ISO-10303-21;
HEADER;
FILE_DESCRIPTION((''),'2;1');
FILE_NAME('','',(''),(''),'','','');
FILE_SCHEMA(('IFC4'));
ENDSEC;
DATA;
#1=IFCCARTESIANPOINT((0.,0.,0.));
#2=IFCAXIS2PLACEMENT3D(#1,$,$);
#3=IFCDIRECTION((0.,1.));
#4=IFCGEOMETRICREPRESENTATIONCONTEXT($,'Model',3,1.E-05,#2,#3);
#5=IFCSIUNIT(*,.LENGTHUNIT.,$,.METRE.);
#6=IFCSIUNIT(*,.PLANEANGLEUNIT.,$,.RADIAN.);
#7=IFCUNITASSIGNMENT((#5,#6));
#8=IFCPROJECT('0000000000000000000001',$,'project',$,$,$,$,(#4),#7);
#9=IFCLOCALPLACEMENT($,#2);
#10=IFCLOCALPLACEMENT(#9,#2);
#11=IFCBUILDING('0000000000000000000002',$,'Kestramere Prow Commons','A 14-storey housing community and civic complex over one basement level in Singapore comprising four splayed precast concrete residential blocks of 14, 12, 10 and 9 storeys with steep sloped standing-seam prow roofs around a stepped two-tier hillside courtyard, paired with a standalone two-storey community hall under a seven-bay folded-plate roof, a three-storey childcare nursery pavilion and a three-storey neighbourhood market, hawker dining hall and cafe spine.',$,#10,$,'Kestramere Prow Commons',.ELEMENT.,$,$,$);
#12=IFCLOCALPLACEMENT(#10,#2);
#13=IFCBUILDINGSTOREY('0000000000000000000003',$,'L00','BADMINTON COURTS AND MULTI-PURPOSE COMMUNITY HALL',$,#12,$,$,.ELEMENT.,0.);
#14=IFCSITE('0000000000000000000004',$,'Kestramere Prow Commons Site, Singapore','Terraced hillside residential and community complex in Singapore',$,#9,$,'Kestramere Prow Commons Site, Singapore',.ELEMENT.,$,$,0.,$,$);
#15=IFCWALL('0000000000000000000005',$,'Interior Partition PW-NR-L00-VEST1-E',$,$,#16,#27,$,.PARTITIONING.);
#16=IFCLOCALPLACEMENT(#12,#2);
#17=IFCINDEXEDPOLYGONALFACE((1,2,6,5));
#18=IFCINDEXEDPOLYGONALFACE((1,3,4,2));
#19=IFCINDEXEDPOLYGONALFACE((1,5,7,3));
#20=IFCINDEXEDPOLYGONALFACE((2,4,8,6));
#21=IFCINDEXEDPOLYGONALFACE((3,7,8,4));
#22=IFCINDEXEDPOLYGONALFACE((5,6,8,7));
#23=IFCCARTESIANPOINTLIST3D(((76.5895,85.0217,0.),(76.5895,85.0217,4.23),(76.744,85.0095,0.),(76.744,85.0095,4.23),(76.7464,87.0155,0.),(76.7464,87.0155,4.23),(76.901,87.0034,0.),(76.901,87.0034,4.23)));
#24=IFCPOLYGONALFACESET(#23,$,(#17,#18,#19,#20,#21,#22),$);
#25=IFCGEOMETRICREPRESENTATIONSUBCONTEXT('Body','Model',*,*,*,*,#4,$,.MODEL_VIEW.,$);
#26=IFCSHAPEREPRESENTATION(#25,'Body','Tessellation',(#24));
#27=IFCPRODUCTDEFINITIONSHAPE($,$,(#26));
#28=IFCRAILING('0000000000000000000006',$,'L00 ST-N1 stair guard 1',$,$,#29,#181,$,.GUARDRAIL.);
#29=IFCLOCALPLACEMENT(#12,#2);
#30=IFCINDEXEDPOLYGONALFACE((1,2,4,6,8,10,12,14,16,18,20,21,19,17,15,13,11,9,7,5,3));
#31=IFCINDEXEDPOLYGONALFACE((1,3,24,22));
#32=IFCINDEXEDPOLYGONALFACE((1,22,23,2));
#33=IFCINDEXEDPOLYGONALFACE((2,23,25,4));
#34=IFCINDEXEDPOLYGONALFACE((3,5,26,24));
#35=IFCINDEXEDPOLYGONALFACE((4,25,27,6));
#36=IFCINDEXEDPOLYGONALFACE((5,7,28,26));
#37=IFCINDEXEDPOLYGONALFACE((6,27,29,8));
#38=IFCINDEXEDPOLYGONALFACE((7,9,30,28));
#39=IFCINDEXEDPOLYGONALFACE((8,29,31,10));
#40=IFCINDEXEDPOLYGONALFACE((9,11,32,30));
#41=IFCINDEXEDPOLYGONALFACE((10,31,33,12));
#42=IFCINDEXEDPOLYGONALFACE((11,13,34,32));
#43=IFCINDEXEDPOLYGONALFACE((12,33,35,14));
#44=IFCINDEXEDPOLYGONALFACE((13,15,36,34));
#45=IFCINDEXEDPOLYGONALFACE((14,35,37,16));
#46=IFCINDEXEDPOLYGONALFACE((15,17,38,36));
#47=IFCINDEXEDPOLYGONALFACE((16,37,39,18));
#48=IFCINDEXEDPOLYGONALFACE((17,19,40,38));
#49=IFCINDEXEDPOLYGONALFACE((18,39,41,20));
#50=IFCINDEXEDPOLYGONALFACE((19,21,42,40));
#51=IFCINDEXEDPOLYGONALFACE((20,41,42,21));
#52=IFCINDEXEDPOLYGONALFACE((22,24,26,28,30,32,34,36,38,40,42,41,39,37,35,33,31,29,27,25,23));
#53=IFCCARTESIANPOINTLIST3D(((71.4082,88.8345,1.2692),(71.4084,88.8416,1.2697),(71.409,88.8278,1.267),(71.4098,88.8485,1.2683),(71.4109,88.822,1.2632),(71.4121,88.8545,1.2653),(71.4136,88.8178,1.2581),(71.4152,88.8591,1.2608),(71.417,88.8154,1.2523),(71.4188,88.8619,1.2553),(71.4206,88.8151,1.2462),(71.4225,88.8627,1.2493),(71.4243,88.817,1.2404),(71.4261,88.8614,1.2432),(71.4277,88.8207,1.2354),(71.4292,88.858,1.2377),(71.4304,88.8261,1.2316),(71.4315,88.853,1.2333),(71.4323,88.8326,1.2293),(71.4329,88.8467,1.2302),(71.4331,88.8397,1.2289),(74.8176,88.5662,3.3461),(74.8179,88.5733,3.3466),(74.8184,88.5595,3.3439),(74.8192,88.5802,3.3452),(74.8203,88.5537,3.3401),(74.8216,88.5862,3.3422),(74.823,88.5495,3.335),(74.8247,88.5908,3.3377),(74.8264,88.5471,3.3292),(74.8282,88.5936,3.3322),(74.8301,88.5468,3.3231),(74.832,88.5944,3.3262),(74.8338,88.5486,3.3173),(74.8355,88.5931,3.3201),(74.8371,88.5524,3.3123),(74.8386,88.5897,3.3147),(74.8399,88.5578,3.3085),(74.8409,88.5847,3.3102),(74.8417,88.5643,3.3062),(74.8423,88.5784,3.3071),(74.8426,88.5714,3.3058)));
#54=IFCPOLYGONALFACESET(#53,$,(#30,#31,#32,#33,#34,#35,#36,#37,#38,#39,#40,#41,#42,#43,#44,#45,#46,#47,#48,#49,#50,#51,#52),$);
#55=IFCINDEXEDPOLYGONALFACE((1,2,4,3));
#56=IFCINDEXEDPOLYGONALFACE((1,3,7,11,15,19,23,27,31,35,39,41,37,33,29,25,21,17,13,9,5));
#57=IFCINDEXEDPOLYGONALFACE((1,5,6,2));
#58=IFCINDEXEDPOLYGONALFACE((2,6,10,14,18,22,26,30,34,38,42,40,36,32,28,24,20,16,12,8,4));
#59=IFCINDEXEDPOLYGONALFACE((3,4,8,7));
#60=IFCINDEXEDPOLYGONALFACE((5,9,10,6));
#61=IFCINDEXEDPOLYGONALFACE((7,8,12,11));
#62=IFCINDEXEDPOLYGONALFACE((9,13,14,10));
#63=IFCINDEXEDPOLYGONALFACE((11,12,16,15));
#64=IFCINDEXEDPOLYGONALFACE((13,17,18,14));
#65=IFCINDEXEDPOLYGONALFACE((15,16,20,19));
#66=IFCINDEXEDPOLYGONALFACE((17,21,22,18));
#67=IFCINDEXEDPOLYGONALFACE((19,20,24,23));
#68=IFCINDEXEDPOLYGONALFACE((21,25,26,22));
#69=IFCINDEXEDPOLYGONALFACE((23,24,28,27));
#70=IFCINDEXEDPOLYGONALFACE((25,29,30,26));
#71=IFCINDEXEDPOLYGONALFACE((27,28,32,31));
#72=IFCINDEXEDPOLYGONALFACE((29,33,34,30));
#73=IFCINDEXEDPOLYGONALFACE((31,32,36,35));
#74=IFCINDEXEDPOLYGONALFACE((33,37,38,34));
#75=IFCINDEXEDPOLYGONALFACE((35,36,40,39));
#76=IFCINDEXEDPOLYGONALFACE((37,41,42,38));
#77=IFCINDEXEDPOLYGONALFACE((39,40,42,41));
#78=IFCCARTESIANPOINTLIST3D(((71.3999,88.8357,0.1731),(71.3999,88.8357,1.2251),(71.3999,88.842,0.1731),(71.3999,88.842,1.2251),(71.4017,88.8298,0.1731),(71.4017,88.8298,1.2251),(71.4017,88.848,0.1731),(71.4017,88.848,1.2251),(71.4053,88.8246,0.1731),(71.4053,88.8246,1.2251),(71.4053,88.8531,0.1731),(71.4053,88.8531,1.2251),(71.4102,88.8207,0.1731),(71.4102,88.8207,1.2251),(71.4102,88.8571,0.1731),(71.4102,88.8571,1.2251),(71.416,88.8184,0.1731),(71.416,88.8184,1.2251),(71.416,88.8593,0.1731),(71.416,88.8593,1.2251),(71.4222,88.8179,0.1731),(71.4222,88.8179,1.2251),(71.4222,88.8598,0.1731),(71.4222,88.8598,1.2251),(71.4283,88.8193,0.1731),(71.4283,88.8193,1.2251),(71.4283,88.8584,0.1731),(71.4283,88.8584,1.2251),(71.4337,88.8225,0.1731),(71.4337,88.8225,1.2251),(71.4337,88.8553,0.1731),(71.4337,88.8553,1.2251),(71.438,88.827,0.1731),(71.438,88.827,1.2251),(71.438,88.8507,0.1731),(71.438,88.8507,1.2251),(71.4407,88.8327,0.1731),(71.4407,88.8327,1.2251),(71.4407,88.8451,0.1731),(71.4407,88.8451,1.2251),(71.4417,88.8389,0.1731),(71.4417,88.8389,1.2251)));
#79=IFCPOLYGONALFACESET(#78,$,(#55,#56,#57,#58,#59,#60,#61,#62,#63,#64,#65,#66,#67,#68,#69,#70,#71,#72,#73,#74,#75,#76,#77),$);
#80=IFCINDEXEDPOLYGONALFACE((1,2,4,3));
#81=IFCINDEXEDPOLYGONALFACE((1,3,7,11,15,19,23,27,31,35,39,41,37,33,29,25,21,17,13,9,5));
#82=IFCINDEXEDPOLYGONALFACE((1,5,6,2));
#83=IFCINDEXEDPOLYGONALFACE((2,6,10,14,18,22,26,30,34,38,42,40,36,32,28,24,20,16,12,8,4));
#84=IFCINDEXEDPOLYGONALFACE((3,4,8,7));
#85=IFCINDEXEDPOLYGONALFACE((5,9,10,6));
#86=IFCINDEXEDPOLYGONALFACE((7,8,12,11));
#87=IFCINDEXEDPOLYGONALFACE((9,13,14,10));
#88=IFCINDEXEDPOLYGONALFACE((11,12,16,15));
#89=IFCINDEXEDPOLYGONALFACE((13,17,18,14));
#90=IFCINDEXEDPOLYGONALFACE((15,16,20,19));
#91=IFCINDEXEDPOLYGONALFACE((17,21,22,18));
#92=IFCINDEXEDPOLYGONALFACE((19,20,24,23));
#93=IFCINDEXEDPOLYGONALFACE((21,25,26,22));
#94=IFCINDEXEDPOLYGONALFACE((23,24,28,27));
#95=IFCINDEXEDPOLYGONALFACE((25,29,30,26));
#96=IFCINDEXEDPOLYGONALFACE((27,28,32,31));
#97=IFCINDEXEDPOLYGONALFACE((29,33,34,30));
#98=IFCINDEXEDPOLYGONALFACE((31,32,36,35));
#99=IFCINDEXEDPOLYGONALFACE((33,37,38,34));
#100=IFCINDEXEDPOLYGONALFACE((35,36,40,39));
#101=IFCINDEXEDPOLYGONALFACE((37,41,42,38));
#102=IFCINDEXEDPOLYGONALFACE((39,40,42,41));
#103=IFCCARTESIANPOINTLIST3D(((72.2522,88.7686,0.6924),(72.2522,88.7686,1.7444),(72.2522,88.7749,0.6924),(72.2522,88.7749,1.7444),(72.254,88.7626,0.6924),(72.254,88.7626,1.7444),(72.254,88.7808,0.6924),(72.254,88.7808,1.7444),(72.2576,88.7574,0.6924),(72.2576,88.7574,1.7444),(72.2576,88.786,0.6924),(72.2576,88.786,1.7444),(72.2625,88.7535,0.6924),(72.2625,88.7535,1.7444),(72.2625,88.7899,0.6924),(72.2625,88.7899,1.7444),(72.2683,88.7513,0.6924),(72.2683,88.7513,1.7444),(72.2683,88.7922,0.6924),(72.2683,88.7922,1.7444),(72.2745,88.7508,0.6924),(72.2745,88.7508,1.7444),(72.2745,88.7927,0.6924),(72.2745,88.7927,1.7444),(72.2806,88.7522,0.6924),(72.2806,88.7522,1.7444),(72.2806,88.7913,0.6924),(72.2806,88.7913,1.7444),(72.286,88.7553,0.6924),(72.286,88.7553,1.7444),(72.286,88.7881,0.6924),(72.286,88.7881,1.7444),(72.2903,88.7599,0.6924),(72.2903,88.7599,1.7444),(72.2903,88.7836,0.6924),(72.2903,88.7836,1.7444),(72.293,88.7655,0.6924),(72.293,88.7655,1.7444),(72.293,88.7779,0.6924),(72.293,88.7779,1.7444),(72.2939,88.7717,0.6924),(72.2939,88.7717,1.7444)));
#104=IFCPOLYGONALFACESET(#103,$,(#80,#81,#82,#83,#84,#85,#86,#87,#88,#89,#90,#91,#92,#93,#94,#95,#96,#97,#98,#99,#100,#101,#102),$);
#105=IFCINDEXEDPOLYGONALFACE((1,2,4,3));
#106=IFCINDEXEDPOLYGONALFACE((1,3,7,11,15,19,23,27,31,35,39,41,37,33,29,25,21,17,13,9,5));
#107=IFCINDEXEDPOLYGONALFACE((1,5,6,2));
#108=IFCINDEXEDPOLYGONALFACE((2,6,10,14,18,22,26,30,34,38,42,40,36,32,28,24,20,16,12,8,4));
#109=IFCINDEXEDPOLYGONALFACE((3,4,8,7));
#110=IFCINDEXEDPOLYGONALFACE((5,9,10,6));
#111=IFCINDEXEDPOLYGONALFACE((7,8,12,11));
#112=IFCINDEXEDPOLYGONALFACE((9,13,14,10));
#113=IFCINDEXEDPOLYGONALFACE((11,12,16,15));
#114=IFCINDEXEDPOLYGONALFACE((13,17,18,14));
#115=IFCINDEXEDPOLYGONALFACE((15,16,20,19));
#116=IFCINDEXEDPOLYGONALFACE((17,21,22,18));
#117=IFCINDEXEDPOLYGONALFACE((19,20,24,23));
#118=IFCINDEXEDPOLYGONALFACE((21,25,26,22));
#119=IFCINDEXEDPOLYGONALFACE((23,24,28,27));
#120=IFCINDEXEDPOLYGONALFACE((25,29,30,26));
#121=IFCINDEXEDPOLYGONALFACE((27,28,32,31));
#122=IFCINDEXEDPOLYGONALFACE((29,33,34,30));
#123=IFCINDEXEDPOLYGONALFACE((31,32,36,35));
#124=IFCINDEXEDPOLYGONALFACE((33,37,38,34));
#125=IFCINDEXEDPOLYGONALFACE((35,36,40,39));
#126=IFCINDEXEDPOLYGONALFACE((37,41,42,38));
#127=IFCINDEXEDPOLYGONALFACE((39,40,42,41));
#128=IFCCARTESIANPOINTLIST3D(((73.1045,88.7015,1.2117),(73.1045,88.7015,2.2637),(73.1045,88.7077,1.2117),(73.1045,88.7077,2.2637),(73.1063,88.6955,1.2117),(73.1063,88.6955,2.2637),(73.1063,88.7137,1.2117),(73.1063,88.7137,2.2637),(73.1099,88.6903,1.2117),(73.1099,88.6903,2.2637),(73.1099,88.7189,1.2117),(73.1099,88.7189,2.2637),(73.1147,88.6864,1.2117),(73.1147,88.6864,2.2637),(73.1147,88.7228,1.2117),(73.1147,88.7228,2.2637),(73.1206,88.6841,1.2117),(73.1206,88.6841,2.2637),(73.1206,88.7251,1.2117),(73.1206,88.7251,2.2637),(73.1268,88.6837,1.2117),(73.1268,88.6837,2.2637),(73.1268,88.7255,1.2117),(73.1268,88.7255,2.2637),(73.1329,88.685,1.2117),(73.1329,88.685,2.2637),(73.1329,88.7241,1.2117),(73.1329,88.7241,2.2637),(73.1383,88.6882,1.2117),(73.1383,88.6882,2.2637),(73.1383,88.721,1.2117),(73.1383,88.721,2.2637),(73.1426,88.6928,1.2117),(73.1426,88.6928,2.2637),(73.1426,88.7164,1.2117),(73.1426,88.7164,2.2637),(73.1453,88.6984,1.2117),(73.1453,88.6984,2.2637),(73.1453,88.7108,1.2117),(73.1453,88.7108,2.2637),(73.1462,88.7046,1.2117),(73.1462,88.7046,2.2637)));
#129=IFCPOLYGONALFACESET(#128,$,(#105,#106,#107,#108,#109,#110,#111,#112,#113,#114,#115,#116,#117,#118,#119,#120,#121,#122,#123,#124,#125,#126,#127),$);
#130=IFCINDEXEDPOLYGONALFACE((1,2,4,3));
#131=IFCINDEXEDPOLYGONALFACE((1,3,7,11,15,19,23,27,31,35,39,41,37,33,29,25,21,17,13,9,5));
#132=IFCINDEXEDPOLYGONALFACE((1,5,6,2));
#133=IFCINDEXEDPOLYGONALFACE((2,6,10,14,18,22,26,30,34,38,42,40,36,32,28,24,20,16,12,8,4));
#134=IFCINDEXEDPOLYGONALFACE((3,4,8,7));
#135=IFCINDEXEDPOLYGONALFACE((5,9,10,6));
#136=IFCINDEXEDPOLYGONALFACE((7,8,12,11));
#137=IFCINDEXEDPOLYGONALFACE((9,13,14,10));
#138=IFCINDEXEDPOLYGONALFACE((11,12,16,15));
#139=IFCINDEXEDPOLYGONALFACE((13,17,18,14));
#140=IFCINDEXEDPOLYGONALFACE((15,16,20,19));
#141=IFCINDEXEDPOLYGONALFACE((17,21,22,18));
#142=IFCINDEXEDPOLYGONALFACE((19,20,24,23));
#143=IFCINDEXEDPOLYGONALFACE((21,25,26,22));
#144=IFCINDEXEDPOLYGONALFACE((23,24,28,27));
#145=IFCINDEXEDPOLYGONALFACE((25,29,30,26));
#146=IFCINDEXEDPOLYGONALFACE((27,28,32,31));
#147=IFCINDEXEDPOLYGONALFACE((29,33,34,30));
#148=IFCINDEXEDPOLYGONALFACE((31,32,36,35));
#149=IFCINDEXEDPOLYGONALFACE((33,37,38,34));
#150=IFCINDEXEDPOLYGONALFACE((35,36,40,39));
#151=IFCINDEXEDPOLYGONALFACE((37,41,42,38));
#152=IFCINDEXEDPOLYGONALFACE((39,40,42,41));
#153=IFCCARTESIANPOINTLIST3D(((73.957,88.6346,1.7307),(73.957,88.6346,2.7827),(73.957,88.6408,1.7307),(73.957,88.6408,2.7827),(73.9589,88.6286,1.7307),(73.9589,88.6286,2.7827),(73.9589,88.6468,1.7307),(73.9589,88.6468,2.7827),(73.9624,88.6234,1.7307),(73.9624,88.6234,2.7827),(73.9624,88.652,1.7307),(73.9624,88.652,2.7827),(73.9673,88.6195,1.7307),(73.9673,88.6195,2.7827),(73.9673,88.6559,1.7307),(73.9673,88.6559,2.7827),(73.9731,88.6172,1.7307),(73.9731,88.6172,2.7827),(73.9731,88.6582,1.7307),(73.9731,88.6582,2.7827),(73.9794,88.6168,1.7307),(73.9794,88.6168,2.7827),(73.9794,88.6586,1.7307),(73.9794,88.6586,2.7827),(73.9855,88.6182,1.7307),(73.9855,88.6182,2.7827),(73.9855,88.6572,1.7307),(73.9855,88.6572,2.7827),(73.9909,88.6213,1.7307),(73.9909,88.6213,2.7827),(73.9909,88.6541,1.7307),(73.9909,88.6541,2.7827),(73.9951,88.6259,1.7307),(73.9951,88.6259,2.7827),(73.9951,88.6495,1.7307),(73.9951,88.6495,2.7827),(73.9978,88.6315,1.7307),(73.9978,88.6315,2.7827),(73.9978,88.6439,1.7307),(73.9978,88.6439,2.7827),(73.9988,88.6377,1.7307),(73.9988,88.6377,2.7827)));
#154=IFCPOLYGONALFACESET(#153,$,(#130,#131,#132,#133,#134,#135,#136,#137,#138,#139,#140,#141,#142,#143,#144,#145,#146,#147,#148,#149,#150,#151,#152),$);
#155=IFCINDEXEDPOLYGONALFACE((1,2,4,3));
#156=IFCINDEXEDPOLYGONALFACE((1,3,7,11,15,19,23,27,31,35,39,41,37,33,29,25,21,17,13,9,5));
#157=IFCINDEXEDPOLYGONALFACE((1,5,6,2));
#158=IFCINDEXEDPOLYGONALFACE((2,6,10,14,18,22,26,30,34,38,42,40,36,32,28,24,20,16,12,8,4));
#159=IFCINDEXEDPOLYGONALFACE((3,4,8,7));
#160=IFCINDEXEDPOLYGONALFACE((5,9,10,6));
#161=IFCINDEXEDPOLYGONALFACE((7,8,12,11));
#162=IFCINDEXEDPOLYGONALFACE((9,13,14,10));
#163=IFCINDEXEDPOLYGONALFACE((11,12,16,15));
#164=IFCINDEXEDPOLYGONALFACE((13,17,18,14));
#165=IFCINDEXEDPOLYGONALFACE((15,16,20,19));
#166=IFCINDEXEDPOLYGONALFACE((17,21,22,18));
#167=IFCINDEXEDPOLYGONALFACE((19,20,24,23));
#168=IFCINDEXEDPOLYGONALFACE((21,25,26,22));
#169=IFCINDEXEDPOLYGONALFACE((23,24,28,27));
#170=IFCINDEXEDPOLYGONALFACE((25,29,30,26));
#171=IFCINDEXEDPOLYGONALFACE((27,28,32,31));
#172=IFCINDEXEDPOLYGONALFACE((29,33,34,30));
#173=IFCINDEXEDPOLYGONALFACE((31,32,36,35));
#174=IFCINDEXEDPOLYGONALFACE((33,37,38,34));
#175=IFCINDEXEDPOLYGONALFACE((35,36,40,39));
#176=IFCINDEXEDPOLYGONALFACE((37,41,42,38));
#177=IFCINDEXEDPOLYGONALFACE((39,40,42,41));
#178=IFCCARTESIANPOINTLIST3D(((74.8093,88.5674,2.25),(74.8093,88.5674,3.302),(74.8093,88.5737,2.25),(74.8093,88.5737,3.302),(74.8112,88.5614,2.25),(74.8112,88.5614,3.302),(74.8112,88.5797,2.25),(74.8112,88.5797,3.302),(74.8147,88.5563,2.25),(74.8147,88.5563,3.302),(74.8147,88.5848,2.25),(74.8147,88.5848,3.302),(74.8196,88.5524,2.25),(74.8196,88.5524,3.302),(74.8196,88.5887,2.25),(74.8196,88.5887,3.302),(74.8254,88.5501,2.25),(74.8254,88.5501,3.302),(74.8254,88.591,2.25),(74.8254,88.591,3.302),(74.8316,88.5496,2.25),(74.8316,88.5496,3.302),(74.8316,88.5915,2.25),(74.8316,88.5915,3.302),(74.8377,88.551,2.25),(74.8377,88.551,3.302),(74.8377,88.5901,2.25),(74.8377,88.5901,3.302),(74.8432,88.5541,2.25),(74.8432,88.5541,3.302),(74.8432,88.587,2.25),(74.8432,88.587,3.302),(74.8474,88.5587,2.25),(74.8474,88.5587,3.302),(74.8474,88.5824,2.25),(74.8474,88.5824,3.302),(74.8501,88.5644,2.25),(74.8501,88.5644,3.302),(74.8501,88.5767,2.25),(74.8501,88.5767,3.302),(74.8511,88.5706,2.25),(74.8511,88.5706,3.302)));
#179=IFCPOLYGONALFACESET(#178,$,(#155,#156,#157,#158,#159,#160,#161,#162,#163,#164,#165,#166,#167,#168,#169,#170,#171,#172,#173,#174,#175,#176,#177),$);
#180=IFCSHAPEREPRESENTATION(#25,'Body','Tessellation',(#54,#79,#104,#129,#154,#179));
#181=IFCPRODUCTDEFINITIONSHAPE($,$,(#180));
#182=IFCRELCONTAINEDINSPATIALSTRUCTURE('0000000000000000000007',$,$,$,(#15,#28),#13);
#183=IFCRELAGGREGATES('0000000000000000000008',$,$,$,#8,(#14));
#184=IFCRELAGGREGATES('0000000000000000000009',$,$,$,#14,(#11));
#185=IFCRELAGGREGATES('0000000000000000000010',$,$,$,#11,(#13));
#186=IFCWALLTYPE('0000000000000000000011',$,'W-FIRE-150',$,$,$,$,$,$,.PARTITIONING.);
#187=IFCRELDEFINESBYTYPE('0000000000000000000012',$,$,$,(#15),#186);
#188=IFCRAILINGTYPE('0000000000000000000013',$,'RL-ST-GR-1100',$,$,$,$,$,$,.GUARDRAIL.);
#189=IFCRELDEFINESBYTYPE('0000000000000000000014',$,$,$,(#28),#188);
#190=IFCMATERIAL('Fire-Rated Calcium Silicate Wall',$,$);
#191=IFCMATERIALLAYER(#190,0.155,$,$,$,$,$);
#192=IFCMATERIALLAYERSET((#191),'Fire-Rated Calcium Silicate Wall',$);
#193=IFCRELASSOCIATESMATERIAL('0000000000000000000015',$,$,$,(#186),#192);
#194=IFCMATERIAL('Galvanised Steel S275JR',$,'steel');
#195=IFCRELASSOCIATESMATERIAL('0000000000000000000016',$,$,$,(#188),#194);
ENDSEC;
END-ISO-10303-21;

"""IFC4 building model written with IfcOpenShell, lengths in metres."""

from ifc_helpers import new_model, si_unit, direction, frame, frame_2d, origin, origin_2d, place, context, subcontext, project, spatial, rectangle, circle, extrude, material, layer, layer_set, type_object, element, save


model = new_model("IFC4")

# Units and contexts
model_context = context("Model", 3, precision=1e-05, world=origin(), true_north=direction((0.0, 1.0)))
body_context = subcontext(model_context, "Body", "Model", "MODEL_VIEW")
ifc_project = project(units=[si_unit("LENGTHUNIT", "METRE"), si_unit("PLANEANGLEUNIT", "RADIAN")], contexts=[model_context])

# Site, building, storey
site_placement = place(None, origin())
site = spatial("IfcSite", under=ifc_project, at=site_placement, Name="Kestramere Prow Commons Site, Singapore", Description="Terraced hillside residential and community complex in Singapore", LongName="Kestramere Prow Commons Site, Singapore", CompositionType="ELEMENT", RefElevation=0.0)
building_placement = place(site_placement, origin())
building = spatial("IfcBuilding", under=site, at=building_placement, Name="Kestramere Prow Commons", Description="A 14-storey housing community and civic complex over one basement level in Singapore comprising four splayed precast concrete residential blocks of 14, 12, 10 and 9 storeys with steep sloped standing-seam prow roofs around a stepped two-tier hillside courtyard, paired with a standalone two-storey community hall under a seven-bay folded-plate roof, a three-storey childcare nursery pavilion and a three-storey neighbourhood market, hawker dining hall and cafe spine.", LongName="Kestramere Prow Commons", CompositionType="ELEMENT")
storey_placement = place(building_placement, origin())
storey = spatial("IfcBuildingStorey", under=building, at=storey_placement, Name="L00", Description="BADMINTON COURTS AND MULTI-PURPOSE COMMUNITY HALL", CompositionType="ELEMENT", Elevation=0.0)

# Wall
ifc_material_1 = material(Name="Fire-Rated Calcium Silicate Wall")
ifc_layer_1 = layer(ifc_material_1, 0.155)
ifc_layer_set_1 = layer_set([ifc_layer_1], Name="Fire-Rated Calcium Silicate Wall")
wall_type_1 = type_object("IfcWallType", Name="W-FIRE-150", PredefinedType="PARTITIONING", material=ifc_layer_set_1)
wall_1_placement = place(storey_placement, frame((76.6667, 85.0156, 0.0), z_axis=(0.0, 0.0, 1.0), x_axis=(0.078489, 0.996915, 0.0)))
element("IfcWall", 1, at=wall_1_placement, inside=storey, type_object=wall_type_1, Name="Interior Partition PW-NR-L00-VEST1-E", PredefinedType="PARTITIONING", context=body_context, shape_type="SweptSolid", body=[
    extrude(rectangle(XDim=2.0, YDim=0.155, at=frame_2d((1.0, 0.0))), origin(), (0.0, 0.0, 1.0), 4.23),
])

# Railing
ifc_material_2 = material(Name="Galvanised Steel S275JR", Category="steel")
railing_type = type_object("IfcRailingType", Name="RL-ST-GR-1100", PredefinedType="GUARDRAIL", material=ifc_material_2)
railing_1_placement = place(storey_placement, frame((71.4207, 88.8389, 0.1731)))
element("IfcRailing", 2, at=railing_1_placement, inside=storey, type_object=railing_type, Name="L00 ST-N1 stair guard 1", PredefinedType="GUARDRAIL", context=body_context, shape_type="SweptSolid", body=[
    extrude(circle(Radius=0.0239, at=origin_2d()), frame((0.0, 0.0, 1.0762), z_axis=(0.852098, -0.067057, 0.519069), x_axis=(0.078454, 0.996918, 0.0)), (0.0, 0.0, 1.0), 4.0012),
    extrude(circle(Radius=0.021, at=origin_2d()), origin(), (0.0, 0.0, 1.0), 1.052),
    extrude(circle(Radius=0.021, at=origin_2d()), frame((0.8523, -0.0671, 0.5193)), (0.0, 0.0, 1.0), 1.052),
    extrude(circle(Radius=0.021, at=origin_2d()), frame((1.7046, -0.1343, 1.0386)), (0.0, 0.0, 1.0), 1.052),
    extrude(circle(Radius=0.021, at=origin_2d()), frame((2.5571, -0.2012, 1.5576)), (0.0, 0.0, 1.0), 1.052),
    extrude(circle(Radius=0.021, at=origin_2d()), frame((3.4094, -0.2683, 2.0769)), (0.0, 0.0, 1.0), 1.052),
])

save(model, "model.ifc")
